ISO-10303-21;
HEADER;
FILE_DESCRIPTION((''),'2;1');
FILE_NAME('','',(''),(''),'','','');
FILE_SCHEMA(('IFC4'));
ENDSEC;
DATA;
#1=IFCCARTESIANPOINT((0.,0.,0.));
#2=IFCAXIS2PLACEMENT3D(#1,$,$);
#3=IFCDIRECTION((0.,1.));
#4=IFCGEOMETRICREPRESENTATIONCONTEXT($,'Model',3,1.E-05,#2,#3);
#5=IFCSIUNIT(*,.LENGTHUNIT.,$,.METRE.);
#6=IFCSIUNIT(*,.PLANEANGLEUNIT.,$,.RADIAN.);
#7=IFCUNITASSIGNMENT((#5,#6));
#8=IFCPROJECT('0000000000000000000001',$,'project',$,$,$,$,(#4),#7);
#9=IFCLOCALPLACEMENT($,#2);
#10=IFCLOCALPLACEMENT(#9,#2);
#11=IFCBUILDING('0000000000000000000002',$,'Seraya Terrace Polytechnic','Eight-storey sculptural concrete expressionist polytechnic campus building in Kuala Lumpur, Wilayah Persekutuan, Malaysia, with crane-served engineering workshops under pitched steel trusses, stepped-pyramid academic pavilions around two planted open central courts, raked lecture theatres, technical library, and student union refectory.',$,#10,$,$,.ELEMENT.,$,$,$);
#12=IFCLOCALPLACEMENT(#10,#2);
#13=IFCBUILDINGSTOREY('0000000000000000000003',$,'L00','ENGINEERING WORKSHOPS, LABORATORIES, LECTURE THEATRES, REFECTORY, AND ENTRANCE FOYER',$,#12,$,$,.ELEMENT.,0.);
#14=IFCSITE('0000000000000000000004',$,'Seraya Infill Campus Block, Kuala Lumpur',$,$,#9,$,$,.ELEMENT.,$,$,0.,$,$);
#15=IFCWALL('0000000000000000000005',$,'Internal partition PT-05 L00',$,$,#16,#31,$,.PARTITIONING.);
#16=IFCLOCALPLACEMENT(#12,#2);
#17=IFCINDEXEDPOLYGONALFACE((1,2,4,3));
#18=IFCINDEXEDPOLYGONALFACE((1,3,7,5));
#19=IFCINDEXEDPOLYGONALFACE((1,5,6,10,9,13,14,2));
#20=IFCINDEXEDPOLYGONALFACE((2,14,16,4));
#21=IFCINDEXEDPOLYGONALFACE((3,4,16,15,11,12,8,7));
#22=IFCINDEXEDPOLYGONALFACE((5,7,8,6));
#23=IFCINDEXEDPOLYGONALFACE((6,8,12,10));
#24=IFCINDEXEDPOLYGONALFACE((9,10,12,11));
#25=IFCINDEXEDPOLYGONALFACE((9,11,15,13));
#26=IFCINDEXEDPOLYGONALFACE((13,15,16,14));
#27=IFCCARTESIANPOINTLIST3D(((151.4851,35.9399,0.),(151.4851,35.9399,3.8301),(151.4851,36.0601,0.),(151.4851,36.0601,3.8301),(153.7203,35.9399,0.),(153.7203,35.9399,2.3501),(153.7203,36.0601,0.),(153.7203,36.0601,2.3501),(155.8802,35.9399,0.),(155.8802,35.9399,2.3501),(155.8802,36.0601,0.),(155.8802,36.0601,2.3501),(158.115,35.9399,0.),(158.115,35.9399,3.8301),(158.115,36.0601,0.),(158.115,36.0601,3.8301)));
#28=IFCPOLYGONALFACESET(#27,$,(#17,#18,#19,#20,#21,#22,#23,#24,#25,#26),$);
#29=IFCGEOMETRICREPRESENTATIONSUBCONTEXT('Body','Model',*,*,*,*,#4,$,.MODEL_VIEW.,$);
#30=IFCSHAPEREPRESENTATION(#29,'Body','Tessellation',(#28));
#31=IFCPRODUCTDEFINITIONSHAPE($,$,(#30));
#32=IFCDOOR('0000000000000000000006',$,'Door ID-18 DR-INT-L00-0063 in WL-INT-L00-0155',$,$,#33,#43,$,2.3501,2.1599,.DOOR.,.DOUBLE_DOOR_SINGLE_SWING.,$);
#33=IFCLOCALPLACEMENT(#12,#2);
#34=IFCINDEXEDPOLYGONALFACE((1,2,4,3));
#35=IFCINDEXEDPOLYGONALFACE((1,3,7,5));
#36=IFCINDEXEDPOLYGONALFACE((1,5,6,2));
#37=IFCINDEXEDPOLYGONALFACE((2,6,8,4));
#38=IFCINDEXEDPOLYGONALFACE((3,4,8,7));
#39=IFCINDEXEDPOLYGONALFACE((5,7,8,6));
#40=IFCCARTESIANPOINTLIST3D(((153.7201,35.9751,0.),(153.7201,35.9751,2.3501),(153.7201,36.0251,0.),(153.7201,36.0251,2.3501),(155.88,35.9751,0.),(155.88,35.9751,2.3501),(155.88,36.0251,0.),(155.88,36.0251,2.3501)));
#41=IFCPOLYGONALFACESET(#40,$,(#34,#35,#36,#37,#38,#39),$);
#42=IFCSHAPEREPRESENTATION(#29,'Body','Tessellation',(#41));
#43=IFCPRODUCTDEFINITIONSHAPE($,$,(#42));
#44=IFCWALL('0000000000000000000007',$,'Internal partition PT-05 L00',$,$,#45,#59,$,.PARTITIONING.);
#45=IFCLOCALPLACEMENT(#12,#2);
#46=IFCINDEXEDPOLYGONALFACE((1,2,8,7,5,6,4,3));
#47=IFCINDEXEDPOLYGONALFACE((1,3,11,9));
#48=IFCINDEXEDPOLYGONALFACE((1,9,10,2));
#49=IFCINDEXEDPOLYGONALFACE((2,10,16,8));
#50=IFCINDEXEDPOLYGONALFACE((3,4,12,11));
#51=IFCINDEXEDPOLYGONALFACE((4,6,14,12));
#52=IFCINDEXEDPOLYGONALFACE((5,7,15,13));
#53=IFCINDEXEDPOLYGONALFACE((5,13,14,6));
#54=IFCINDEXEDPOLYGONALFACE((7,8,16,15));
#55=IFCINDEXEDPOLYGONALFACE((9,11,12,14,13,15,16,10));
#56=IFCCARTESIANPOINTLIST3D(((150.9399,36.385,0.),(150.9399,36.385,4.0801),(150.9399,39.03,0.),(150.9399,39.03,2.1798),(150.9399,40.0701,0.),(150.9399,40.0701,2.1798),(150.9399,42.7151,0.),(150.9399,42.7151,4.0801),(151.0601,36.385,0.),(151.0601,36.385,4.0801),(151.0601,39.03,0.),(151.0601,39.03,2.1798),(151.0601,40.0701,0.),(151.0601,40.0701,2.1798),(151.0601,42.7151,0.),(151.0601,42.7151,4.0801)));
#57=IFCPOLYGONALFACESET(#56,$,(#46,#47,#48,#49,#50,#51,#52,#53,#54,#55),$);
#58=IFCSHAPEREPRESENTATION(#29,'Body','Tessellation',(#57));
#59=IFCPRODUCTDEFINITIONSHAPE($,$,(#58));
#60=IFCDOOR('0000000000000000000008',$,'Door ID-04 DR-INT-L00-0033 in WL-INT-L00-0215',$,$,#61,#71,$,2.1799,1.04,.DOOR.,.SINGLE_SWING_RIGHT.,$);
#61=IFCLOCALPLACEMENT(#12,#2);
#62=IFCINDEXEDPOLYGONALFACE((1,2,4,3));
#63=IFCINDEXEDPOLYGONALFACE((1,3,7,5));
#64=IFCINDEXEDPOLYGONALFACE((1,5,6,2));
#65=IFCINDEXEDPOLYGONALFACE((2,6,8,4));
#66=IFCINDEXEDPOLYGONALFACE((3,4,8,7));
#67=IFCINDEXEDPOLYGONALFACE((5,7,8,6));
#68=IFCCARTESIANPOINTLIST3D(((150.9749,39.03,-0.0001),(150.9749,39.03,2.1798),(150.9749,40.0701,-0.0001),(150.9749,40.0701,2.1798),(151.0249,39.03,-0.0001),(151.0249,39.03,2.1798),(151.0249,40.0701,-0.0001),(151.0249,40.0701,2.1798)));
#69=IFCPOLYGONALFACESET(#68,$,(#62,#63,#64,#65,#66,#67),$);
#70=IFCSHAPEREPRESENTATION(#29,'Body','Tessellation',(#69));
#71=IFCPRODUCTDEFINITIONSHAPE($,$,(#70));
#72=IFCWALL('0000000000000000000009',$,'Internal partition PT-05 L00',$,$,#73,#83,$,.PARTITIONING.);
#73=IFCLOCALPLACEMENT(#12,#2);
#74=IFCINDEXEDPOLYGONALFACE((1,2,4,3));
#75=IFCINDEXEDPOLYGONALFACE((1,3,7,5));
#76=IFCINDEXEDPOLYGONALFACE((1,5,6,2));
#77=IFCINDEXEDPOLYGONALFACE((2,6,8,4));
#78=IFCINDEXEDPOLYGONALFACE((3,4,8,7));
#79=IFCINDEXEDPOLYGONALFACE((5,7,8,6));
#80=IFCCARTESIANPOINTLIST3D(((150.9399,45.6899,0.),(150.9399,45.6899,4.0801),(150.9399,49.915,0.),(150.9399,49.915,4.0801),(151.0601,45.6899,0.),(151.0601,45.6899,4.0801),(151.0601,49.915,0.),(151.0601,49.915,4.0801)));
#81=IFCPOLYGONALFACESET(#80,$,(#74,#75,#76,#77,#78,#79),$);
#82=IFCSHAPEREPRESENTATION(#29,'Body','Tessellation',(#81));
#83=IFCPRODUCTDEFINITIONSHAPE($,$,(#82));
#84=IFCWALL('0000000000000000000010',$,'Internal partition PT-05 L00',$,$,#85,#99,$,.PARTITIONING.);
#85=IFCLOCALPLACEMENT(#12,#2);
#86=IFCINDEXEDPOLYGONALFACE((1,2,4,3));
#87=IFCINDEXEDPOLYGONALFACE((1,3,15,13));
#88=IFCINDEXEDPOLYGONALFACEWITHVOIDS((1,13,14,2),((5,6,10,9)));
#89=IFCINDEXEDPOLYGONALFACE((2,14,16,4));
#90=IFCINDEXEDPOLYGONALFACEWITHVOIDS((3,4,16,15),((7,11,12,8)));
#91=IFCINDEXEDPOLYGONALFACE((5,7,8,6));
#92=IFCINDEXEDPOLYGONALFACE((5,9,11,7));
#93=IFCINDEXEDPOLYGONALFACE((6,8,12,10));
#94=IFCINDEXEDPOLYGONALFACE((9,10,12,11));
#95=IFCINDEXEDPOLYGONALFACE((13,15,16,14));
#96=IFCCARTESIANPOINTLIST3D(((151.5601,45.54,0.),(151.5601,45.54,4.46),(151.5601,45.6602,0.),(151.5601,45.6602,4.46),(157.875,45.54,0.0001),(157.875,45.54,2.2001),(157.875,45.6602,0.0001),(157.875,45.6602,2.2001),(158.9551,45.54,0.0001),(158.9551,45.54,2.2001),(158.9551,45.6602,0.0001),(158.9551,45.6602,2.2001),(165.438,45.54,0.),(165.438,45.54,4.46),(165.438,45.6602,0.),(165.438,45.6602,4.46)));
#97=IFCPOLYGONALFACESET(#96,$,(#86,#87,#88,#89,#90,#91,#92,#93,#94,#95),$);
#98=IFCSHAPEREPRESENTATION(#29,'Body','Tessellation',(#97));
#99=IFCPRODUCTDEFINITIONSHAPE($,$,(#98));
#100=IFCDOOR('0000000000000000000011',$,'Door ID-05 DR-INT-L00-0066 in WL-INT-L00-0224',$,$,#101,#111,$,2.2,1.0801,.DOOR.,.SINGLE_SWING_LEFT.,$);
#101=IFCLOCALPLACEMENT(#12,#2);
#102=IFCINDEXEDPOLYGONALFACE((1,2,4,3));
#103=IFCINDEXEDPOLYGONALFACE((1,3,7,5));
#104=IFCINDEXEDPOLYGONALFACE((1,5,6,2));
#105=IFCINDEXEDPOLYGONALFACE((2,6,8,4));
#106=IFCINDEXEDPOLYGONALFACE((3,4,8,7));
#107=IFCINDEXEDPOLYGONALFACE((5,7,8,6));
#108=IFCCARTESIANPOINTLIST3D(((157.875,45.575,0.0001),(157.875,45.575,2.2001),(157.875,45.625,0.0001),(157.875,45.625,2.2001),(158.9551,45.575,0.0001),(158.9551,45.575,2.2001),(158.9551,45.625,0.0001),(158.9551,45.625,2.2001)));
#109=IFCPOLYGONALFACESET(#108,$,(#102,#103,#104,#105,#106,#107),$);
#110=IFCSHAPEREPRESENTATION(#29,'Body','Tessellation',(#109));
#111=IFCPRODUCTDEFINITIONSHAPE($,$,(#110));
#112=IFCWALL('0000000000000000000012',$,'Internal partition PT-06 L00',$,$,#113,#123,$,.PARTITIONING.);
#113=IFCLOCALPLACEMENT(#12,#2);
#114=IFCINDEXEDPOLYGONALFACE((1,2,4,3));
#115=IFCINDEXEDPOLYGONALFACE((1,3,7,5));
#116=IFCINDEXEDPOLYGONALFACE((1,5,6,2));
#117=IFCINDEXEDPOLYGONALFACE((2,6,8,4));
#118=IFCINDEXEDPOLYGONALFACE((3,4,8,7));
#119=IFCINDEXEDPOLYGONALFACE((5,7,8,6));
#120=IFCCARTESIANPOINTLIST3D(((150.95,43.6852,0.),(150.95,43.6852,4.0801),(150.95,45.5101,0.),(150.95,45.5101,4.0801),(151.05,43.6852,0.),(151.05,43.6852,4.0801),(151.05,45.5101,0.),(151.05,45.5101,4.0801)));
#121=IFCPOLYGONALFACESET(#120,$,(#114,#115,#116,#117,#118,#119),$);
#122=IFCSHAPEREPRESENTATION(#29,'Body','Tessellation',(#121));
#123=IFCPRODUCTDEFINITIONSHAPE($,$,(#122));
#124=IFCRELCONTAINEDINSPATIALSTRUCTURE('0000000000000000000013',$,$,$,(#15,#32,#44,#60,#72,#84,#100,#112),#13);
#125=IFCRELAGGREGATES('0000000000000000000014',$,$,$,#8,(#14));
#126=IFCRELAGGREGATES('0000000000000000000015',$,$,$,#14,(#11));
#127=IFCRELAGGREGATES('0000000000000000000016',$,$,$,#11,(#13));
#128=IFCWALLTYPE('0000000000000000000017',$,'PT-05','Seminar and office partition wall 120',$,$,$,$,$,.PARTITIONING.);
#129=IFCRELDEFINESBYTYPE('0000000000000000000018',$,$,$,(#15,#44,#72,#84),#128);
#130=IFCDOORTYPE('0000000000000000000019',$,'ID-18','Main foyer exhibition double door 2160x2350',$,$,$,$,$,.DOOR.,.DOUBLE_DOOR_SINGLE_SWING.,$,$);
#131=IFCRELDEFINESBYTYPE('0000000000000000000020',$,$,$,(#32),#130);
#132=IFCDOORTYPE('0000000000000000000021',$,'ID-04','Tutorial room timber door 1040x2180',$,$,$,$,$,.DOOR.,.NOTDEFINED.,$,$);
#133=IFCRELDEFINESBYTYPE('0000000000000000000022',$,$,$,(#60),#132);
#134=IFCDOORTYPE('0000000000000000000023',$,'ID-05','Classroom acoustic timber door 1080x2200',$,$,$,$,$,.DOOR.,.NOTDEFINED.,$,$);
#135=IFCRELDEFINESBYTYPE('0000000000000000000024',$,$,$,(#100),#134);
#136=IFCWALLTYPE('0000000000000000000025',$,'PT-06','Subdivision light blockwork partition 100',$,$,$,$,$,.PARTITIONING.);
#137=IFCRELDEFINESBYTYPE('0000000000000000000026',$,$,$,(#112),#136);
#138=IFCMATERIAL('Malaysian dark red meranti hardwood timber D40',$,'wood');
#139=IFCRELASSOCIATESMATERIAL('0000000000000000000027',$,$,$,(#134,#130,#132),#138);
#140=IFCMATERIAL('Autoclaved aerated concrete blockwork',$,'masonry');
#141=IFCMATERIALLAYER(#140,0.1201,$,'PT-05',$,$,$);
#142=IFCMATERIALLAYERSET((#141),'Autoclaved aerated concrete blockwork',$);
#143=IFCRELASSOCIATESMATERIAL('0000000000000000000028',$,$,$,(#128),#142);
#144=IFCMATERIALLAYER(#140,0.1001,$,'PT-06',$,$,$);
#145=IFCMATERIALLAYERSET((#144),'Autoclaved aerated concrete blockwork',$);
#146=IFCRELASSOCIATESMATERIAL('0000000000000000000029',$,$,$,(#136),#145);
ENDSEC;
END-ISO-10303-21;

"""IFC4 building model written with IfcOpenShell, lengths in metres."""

from ifc_helpers import new_model, si_unit, direction, frame, frame_2d, origin, place, context, subcontext, project, spatial, rectangle, extrude, material, layer, layer_set, type_object, element, fill, save


model = new_model("IFC4")

# Units and contexts
model_context = context("Model", 3, precision=1e-05, world=origin(), true_north=direction((0.0, 1.0)))
body_context = subcontext(model_context, "Body", "Model", "MODEL_VIEW")
ifc_project = project(units=[si_unit("LENGTHUNIT", "METRE"), si_unit("PLANEANGLEUNIT", "RADIAN")], contexts=[model_context])

# Site, building, storey
site_placement = place(None, origin())
site = spatial("IfcSite", under=ifc_project, at=site_placement, Name="Seraya Infill Campus Block, Kuala Lumpur", CompositionType="ELEMENT", RefElevation=0.0)
building_placement = place(site_placement, origin())
building = spatial("IfcBuilding", under=site, at=building_placement, Name="Seraya Terrace Polytechnic", Description="Eight-storey sculptural concrete expressionist polytechnic campus building in Kuala Lumpur, Wilayah Persekutuan, Malaysia, with crane-served engineering workshops under pitched steel trusses, stepped-pyramid academic pavilions around two planted open central courts, raked lecture theatres, technical library, and student union refectory.", CompositionType="ELEMENT")
storey_placement = place(building_placement, origin())
storey = spatial("IfcBuildingStorey", under=building, at=storey_placement, Name="L00", Description="ENGINEERING WORKSHOPS, LABORATORIES, LECTURE THEATRES, REFECTORY, AND ENTRANCE FOYER", CompositionType="ELEMENT", Elevation=0.0)

# Shared definitions
ifc_material_1 = material(Name="Autoclaved aerated concrete blockwork", Category="masonry")
ifc_material_2 = material(Name="Malaysian dark red meranti hardwood timber D40", Category="wood")
door_type_1 = type_object("IfcDoorType", Name="ID-05", Description="Classroom acoustic timber door 1080x2200", OperationType="NOTDEFINED", PredefinedType="DOOR", material=ifc_material_2)

# Walls, openings, doors
ifc_layer_1 = layer(ifc_material_1, 0.1201, Name="PT-05")
ifc_layer_set_1 = layer_set([ifc_layer_1], Name="Autoclaved aerated concrete blockwork")
wall_type_1 = type_object("IfcWallType", Name="PT-05", Description="Seminar and office partition wall 120", PredefinedType="PARTITIONING", material=ifc_layer_set_1)
wall_1_placement = place(storey_placement, frame((151.4851, 36.0, 0.0), z_axis=(0.0, 0.0, 1.0), x_axis=(1.0, 0.0, 0.0)))
wall_1 = element("IfcWall", 1, at=wall_1_placement, inside=storey, type_object=wall_type_1, Name="Internal partition PT-05 L00", PredefinedType="PARTITIONING", context=body_context, shape_type="SweptSolid", body=[
    extrude(rectangle(XDim=6.6299, YDim=0.1201, at=frame_2d((3.3149, 0.0))), origin(), (0.0, 0.0, 1.0), 3.8301),
])
opening_1_placement = place(wall_1_placement, frame((2.2351, 0.0, 0.0)))
opening_1 = element("IfcOpeningElement", 2, at=opening_1_placement, cuts=wall_1, PredefinedType="OPENING", context=body_context, shape_type="SweptSolid", body=[
    extrude(rectangle(XDim=2.1599, YDim=2.3501, at=frame_2d((1.0801, 1.175))), frame((0.0, 0.072, 0.0), z_axis=(0.0, -1.0, 0.0), x_axis=(1.0, 0.0, 0.0)), (0.0, 0.0, 1.0), 0.144),
])
door_type_2 = type_object("IfcDoorType", Name="ID-18", Description="Main foyer exhibition double door 2160x2350", OperationType="DOUBLE_DOOR_SINGLE_SWING", PredefinedType="DOOR", material=ifc_material_2)
door_1_placement = place(opening_1_placement, frame((2.1599, 0.0, 0.0), z_axis=(0.0, 0.0, 1.0), x_axis=(-1.0, 0.0, 0.0)))
door_1 = element("IfcDoor", 3, at=door_1_placement, inside=storey, type_object=door_type_2, Name="Door ID-18 DR-INT-L00-0063 in WL-INT-L00-0155", OperationType="DOUBLE_DOOR_SINGLE_SWING", OverallHeight=2.3501, OverallWidth=2.1599, PredefinedType="DOOR", context=body_context, shape_type="SweptSolid", body=[
    extrude(rectangle(XDim=2.1599, YDim=2.3501, at=frame_2d((1.0801, 1.175))), frame((0.0, 0.0249, 0.0), z_axis=(0.0, -1.0, 0.0), x_axis=(1.0, 0.0, 0.0)), (0.0, 0.0, 1.0), 0.05),
])
fill(opening_1, door_1)
wall_2_placement = place(storey_placement, frame((151.0, 36.385, 0.0), z_axis=(0.0, 0.0, 1.0), x_axis=(0.0, 1.0, 0.0)))
wall_2 = element("IfcWall", 4, at=wall_2_placement, inside=storey, type_object=wall_type_1, Name="Internal partition PT-05 L00", PredefinedType="PARTITIONING", context=body_context, shape_type="SweptSolid", body=[
    extrude(rectangle(XDim=6.3301, YDim=0.1201, at=frame_2d((3.165, 0.0))), origin(), (0.0, 0.0, 1.0), 4.0801),
])
opening_2_placement = place(wall_2_placement, frame((2.645, 0.0, 0.0)))
opening_2 = element("IfcOpeningElement", 5, at=opening_2_placement, cuts=wall_2, PredefinedType="OPENING", context=body_context, shape_type="SweptSolid", body=[
    extrude(rectangle(XDim=1.04, YDim=2.1799, at=frame_2d((0.52, 1.0898))), frame((0.0, 0.072, 0.0), z_axis=(0.0, -1.0, 0.0), x_axis=(1.0, 0.0, 0.0)), (0.0, 0.0, 1.0), 0.144),
])
door_type_3 = type_object("IfcDoorType", Name="ID-04", Description="Tutorial room timber door 1040x2180", OperationType="NOTDEFINED", PredefinedType="DOOR", material=ifc_material_2)
door_2_placement = place(opening_2_placement, frame((1.04, 0.0, 0.0), z_axis=(0.0, 0.0, 1.0), x_axis=(-1.0, 0.0, 0.0)))
door_2 = element("IfcDoor", 6, at=door_2_placement, inside=storey, type_object=door_type_3, Name="Door ID-04 DR-INT-L00-0033 in WL-INT-L00-0215", OperationType="SINGLE_SWING_RIGHT", OverallHeight=2.1799, OverallWidth=1.04, PredefinedType="DOOR", context=body_context, shape_type="SweptSolid", body=[
    extrude(rectangle(XDim=1.04, YDim=2.1799, at=frame_2d((0.52, 1.0898))), frame((0.0, 0.0249, 0.0), z_axis=(0.0, -1.0, 0.0), x_axis=(1.0, 0.0, 0.0)), (0.0, 0.0, 1.0), 0.05),
])
fill(opening_2, door_2)

# Wall
wall_3_placement = place(storey_placement, frame((151.0, 45.6899, 0.0), z_axis=(0.0, 0.0, 1.0), x_axis=(0.0, 1.0, 0.0)))
element("IfcWall", 7, at=wall_3_placement, inside=storey, type_object=wall_type_1, Name="Internal partition PT-05 L00", PredefinedType="PARTITIONING", context=body_context, shape_type="SweptSolid", body=[
    extrude(rectangle(XDim=4.2251, YDim=0.1201, at=frame_2d((2.1125, 0.0))), origin(), (0.0, 0.0, 1.0), 4.0801),
])

# Wall, opening, door
wall_4_placement = place(storey_placement, frame((151.5601, 45.6001, 0.0), z_axis=(0.0, 0.0, 1.0), x_axis=(1.0, 0.0, 0.0)))
wall_4 = element("IfcWall", 8, at=wall_4_placement, inside=storey, type_object=wall_type_1, Name="Internal partition PT-05 L00", PredefinedType="PARTITIONING", context=body_context, shape_type="SweptSolid", body=[
    extrude(rectangle(XDim=13.8779, YDim=0.1201, at=frame_2d((6.939, 0.0))), origin(), (0.0, 0.0, 1.0), 4.46),
])
opening_3_placement = place(wall_4_placement, frame((6.3149, 0.0, 0.0)))
opening_3 = element("IfcOpeningElement", 9, at=opening_3_placement, cuts=wall_4, PredefinedType="OPENING", context=body_context, shape_type="SweptSolid", body=[
    extrude(rectangle(XDim=1.0801, YDim=2.2, at=frame_2d((0.54, 1.1001))), frame((0.0, 0.072, 0.0), z_axis=(0.0, -1.0, 0.0), x_axis=(1.0, 0.0, 0.0)), (0.0, 0.0, 1.0), 0.144),
])
door_3_placement = place(opening_3_placement, origin())
door_3 = element("IfcDoor", 10, at=door_3_placement, inside=storey, type_object=door_type_1, Name="Door ID-05 DR-INT-L00-0066 in WL-INT-L00-0224", OperationType="SINGLE_SWING_LEFT", OverallHeight=2.2, OverallWidth=1.0801, PredefinedType="DOOR", context=body_context, shape_type="SweptSolid", body=[
    extrude(rectangle(XDim=1.0801, YDim=2.2, at=frame_2d((0.54, 1.1001))), frame((0.0, 0.0249, 0.0), z_axis=(0.0, -1.0, 0.0), x_axis=(1.0, 0.0, 0.0)), (0.0, 0.0, 1.0), 0.05),
])
fill(opening_3, door_3)

# Wall
ifc_layer_2 = layer(ifc_material_1, 0.1001, Name="PT-06")
ifc_layer_set_2 = layer_set([ifc_layer_2], Name="Autoclaved aerated concrete blockwork")
wall_type_2 = type_object("IfcWallType", Name="PT-06", Description="Subdivision light blockwork partition 100", PredefinedType="PARTITIONING", material=ifc_layer_set_2)
wall_5_placement = place(storey_placement, frame((151.0, 43.6851, 0.0), z_axis=(0.0, 0.0, 1.0), x_axis=(0.0, 1.0, 0.0)))
element("IfcWall", 11, at=wall_5_placement, inside=storey, type_object=wall_type_2, Name="Internal partition PT-06 L00", PredefinedType="PARTITIONING", context=body_context, shape_type="SweptSolid", body=[
    extrude(rectangle(XDim=1.825, YDim=0.1001, at=frame_2d((0.9126, 0.0))), origin(), (0.0, 0.0, 1.0), 4.0801),
])

save(model, "model.ifc")
